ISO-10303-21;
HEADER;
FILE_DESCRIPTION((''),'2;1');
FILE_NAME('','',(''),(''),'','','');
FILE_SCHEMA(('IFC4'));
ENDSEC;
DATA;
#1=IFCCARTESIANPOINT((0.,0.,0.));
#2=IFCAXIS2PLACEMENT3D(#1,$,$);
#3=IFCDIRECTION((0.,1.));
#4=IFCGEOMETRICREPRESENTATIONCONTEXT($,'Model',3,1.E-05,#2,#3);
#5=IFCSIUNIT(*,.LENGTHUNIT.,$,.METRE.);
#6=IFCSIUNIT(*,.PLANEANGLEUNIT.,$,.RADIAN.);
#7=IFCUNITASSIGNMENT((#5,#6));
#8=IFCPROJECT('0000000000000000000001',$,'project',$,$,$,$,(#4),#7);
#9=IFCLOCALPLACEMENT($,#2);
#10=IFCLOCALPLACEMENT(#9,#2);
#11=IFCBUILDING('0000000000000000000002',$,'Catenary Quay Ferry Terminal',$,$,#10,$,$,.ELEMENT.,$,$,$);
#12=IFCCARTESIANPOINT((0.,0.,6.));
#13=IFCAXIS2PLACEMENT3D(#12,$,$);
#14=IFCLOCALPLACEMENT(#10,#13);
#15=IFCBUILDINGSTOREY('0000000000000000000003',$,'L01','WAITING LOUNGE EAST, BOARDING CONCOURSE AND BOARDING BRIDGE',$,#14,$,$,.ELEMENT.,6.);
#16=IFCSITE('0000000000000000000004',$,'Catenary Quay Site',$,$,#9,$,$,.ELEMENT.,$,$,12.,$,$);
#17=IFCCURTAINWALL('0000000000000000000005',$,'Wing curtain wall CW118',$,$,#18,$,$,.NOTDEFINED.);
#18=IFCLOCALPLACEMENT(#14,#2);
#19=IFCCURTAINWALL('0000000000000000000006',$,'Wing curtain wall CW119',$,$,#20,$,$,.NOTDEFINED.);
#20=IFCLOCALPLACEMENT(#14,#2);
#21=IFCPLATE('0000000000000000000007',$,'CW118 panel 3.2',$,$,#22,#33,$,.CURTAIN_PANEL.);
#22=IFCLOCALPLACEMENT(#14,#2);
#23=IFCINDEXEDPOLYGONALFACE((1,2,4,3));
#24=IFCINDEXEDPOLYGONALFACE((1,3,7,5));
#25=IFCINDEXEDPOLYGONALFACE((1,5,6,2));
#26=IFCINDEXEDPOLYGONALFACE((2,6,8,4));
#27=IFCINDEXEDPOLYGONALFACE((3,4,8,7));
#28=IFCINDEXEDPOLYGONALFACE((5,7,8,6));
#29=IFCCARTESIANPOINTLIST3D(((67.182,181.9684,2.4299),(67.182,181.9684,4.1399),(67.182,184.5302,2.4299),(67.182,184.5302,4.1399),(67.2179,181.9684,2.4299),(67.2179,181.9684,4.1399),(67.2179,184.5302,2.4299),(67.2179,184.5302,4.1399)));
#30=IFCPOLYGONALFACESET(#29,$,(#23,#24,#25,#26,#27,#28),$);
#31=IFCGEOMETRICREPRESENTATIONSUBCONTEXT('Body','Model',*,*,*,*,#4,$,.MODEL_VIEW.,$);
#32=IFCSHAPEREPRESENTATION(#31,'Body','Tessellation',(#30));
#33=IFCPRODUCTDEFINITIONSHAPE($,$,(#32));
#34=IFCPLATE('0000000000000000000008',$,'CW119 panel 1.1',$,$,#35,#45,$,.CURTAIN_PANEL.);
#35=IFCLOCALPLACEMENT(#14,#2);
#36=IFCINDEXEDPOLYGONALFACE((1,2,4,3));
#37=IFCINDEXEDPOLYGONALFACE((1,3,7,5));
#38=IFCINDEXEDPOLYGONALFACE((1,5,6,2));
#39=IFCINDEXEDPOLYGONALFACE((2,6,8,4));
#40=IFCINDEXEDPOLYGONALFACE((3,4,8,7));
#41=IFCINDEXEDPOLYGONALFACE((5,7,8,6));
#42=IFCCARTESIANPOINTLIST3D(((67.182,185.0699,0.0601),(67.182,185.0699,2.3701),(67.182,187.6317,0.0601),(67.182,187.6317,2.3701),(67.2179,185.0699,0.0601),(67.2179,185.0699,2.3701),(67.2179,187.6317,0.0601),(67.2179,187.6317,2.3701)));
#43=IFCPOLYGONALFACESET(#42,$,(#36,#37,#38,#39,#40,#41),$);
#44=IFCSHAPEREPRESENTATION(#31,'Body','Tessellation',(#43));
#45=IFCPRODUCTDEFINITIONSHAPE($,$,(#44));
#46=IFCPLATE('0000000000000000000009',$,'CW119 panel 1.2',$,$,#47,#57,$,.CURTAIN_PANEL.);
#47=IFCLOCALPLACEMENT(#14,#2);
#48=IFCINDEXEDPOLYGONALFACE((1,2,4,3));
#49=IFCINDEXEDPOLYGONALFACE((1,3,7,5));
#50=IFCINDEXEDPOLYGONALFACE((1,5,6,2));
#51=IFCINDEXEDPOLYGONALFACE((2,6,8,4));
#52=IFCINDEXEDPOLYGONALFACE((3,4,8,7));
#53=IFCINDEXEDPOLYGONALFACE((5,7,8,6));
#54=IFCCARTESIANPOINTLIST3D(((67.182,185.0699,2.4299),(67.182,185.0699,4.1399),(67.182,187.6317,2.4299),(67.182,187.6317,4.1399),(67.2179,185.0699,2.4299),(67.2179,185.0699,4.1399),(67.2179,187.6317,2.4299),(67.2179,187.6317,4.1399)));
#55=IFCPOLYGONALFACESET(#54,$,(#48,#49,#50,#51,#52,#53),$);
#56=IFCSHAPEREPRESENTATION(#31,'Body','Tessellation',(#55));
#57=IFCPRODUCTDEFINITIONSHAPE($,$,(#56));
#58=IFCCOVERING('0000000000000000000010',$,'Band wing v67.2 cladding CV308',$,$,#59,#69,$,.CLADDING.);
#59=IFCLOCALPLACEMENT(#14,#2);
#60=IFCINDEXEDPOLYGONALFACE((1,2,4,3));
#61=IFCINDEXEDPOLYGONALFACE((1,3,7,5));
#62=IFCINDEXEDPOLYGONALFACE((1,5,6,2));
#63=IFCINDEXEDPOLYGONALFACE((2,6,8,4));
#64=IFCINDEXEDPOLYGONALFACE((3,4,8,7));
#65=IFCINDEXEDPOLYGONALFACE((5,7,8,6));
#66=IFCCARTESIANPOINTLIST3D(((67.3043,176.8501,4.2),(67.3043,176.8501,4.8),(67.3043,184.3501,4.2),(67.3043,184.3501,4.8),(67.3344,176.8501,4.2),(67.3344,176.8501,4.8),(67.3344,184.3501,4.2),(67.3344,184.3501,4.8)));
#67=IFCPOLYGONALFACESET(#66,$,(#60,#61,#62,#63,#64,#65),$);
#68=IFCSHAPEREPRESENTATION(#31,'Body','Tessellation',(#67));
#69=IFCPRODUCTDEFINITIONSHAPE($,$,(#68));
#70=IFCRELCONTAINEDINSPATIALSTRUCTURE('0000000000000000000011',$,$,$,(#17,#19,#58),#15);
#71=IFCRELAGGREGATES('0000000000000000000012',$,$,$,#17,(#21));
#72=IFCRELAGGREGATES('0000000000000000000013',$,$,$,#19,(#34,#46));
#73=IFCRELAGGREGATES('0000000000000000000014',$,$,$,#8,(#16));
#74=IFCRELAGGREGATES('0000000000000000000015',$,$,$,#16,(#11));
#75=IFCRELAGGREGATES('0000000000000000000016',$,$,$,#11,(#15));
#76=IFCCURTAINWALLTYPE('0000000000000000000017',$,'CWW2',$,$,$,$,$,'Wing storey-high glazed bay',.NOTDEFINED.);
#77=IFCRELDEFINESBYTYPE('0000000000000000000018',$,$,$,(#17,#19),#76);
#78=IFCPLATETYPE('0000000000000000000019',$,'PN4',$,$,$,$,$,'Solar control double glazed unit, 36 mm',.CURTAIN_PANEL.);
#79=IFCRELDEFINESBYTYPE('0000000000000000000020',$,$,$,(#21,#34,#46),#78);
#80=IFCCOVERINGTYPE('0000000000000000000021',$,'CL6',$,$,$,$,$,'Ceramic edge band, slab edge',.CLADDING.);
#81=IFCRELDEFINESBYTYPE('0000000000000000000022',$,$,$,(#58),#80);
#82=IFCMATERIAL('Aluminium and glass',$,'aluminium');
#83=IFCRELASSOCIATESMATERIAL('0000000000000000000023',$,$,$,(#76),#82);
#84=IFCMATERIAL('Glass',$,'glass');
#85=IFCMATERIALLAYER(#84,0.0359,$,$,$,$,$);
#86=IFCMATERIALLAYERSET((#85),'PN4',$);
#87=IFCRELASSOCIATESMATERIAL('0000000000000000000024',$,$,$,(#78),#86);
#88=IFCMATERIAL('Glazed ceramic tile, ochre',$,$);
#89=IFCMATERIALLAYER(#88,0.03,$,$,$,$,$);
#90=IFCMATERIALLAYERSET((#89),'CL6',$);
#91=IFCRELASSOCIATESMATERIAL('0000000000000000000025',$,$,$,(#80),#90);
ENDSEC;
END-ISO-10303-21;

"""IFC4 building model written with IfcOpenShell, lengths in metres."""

from ifc_helpers import new_model, si_unit, direction, frame, origin, origin_2d, place, context, subcontext, project, spatial, rectangle, extrude, material, layer, layer_set, type_object, element, aggregate, save


model = new_model("IFC4")

# Units and contexts
model_context = context("Model", 3, precision=1e-05, world=origin(), true_north=direction((0.0, 1.0)))
body_context = subcontext(model_context, "Body", "Model", "MODEL_VIEW")
ifc_project = project(units=[si_unit("LENGTHUNIT", "METRE"), si_unit("PLANEANGLEUNIT", "RADIAN")], contexts=[model_context])

# Site, building, storey
site_placement = place(None, origin())
site = spatial("IfcSite", under=ifc_project, at=site_placement, Name="Catenary Quay Site", CompositionType="ELEMENT", RefElevation=12.0)
building_placement = place(site_placement, origin())
building = spatial("IfcBuilding", under=site, at=building_placement, Name="Catenary Quay Ferry Terminal", CompositionType="ELEMENT")
storey_placement = place(building_placement, frame((0.0, 0.0, 6.0)))
storey = spatial("IfcBuildingStorey", under=building, at=storey_placement, Name="L01", Description="WAITING LOUNGE EAST, BOARDING CONCOURSE AND BOARDING BRIDGE", CompositionType="ELEMENT", Elevation=6.0)

# Curtain wall
ifc_material_1 = material(Name="Aluminium and glass", Category="aluminium")
curtain_wall_type = type_object("IfcCurtainWallType", Name="CWW2", ElementType="Wing storey-high glazed bay", PredefinedType="NOTDEFINED", material=ifc_material_1)
curtain_wall_1_placement = place(storey_placement, origin())
curtain_wall_1 = element("IfcCurtainWall", 1, at=curtain_wall_1_placement, inside=storey, type_object=curtain_wall_type, Name="Wing curtain wall CW118", PredefinedType="NOTDEFINED")

# Curtain wall
curtain_wall_2_placement = place(storey_placement, origin())
curtain_wall_2 = element("IfcCurtainWall", 2, at=curtain_wall_2_placement, inside=storey, type_object=curtain_wall_type, Name="Wing curtain wall CW119", PredefinedType="NOTDEFINED")

# Plates
ifc_material_2 = material(Name="Glass", Category="glass")
ifc_layer_1 = layer(ifc_material_2, 0.0359)
ifc_layer_set_1 = layer_set([ifc_layer_1], Name="PN4")
plate_type = type_object("IfcPlateType", Name="PN4", ElementType="Solar control double glazed unit, 36 mm", PredefinedType="CURTAIN_PANEL", material=ifc_layer_set_1)
plate_1_placement = place(storey_placement, frame((67.2, 183.2493, 2.4299), z_axis=(0.0, 0.0, 1.0), x_axis=(0.0, 1.0, 0.0)))
plate_1 = element("IfcPlate", 3, at=plate_1_placement, type_object=plate_type, Name="CW118 panel 3.2", PredefinedType="CURTAIN_PANEL", context=body_context, shape_type="SweptSolid", body=[
    extrude(rectangle(XDim=2.5618, YDim=0.0359, at=origin_2d()), origin(), (0.0, 0.0, 1.0), 1.71),
])
aggregate(curtain_wall_1, [plate_1])
plate_2_placement = place(storey_placement, frame((67.2, 186.3508, 0.0601), z_axis=(0.0, 0.0, 1.0), x_axis=(0.0, 1.0, 0.0)))
plate_2 = element("IfcPlate", 4, at=plate_2_placement, type_object=plate_type, Name="CW119 panel 1.1", PredefinedType="CURTAIN_PANEL", context=body_context, shape_type="SweptSolid", body=[
    extrude(rectangle(XDim=2.5618, YDim=0.0359, at=origin_2d()), origin(), (0.0, 0.0, 1.0), 2.3101),
])
plate_3_placement = place(storey_placement, frame((67.2, 186.3508, 2.4299), z_axis=(0.0, 0.0, 1.0), x_axis=(0.0, 1.0, 0.0)))
plate_3 = element("IfcPlate", 5, at=plate_3_placement, type_object=plate_type, Name="CW119 panel 1.2", PredefinedType="CURTAIN_PANEL", context=body_context, shape_type="SweptSolid", body=[
    extrude(rectangle(XDim=2.5618, YDim=0.0359, at=origin_2d()), origin(), (0.0, 0.0, 1.0), 1.71),
])
aggregate(curtain_wall_2, [plate_2, plate_3])

# Covering
ifc_material_3 = material(Name="Glazed ceramic tile, ochre")
ifc_layer_2 = layer(ifc_material_3, 0.03)
ifc_layer_set_2 = layer_set([ifc_layer_2], Name="CL6")
covering_type = type_object("IfcCoveringType", Name="CL6", ElementType="Ceramic edge band, slab edge", PredefinedType="CLADDING", material=ifc_layer_set_2)
covering_placement = place(storey_placement, frame((67.3193, 180.6001, 4.2), z_axis=(0.0, 0.0, 1.0), x_axis=(1.0, 0.0, 0.0)))
element("IfcCovering", 6, at=covering_placement, inside=storey, type_object=covering_type, Name="Band wing v67.2 cladding CV308", PredefinedType="CLADDING", context=body_context, shape_type="SweptSolid", body=[
    extrude(rectangle(XDim=0.03, YDim=7.5, at=origin_2d()), origin(), (0.0, 0.0, 1.0), 0.6001),
])

save(model, "model.ifc")
